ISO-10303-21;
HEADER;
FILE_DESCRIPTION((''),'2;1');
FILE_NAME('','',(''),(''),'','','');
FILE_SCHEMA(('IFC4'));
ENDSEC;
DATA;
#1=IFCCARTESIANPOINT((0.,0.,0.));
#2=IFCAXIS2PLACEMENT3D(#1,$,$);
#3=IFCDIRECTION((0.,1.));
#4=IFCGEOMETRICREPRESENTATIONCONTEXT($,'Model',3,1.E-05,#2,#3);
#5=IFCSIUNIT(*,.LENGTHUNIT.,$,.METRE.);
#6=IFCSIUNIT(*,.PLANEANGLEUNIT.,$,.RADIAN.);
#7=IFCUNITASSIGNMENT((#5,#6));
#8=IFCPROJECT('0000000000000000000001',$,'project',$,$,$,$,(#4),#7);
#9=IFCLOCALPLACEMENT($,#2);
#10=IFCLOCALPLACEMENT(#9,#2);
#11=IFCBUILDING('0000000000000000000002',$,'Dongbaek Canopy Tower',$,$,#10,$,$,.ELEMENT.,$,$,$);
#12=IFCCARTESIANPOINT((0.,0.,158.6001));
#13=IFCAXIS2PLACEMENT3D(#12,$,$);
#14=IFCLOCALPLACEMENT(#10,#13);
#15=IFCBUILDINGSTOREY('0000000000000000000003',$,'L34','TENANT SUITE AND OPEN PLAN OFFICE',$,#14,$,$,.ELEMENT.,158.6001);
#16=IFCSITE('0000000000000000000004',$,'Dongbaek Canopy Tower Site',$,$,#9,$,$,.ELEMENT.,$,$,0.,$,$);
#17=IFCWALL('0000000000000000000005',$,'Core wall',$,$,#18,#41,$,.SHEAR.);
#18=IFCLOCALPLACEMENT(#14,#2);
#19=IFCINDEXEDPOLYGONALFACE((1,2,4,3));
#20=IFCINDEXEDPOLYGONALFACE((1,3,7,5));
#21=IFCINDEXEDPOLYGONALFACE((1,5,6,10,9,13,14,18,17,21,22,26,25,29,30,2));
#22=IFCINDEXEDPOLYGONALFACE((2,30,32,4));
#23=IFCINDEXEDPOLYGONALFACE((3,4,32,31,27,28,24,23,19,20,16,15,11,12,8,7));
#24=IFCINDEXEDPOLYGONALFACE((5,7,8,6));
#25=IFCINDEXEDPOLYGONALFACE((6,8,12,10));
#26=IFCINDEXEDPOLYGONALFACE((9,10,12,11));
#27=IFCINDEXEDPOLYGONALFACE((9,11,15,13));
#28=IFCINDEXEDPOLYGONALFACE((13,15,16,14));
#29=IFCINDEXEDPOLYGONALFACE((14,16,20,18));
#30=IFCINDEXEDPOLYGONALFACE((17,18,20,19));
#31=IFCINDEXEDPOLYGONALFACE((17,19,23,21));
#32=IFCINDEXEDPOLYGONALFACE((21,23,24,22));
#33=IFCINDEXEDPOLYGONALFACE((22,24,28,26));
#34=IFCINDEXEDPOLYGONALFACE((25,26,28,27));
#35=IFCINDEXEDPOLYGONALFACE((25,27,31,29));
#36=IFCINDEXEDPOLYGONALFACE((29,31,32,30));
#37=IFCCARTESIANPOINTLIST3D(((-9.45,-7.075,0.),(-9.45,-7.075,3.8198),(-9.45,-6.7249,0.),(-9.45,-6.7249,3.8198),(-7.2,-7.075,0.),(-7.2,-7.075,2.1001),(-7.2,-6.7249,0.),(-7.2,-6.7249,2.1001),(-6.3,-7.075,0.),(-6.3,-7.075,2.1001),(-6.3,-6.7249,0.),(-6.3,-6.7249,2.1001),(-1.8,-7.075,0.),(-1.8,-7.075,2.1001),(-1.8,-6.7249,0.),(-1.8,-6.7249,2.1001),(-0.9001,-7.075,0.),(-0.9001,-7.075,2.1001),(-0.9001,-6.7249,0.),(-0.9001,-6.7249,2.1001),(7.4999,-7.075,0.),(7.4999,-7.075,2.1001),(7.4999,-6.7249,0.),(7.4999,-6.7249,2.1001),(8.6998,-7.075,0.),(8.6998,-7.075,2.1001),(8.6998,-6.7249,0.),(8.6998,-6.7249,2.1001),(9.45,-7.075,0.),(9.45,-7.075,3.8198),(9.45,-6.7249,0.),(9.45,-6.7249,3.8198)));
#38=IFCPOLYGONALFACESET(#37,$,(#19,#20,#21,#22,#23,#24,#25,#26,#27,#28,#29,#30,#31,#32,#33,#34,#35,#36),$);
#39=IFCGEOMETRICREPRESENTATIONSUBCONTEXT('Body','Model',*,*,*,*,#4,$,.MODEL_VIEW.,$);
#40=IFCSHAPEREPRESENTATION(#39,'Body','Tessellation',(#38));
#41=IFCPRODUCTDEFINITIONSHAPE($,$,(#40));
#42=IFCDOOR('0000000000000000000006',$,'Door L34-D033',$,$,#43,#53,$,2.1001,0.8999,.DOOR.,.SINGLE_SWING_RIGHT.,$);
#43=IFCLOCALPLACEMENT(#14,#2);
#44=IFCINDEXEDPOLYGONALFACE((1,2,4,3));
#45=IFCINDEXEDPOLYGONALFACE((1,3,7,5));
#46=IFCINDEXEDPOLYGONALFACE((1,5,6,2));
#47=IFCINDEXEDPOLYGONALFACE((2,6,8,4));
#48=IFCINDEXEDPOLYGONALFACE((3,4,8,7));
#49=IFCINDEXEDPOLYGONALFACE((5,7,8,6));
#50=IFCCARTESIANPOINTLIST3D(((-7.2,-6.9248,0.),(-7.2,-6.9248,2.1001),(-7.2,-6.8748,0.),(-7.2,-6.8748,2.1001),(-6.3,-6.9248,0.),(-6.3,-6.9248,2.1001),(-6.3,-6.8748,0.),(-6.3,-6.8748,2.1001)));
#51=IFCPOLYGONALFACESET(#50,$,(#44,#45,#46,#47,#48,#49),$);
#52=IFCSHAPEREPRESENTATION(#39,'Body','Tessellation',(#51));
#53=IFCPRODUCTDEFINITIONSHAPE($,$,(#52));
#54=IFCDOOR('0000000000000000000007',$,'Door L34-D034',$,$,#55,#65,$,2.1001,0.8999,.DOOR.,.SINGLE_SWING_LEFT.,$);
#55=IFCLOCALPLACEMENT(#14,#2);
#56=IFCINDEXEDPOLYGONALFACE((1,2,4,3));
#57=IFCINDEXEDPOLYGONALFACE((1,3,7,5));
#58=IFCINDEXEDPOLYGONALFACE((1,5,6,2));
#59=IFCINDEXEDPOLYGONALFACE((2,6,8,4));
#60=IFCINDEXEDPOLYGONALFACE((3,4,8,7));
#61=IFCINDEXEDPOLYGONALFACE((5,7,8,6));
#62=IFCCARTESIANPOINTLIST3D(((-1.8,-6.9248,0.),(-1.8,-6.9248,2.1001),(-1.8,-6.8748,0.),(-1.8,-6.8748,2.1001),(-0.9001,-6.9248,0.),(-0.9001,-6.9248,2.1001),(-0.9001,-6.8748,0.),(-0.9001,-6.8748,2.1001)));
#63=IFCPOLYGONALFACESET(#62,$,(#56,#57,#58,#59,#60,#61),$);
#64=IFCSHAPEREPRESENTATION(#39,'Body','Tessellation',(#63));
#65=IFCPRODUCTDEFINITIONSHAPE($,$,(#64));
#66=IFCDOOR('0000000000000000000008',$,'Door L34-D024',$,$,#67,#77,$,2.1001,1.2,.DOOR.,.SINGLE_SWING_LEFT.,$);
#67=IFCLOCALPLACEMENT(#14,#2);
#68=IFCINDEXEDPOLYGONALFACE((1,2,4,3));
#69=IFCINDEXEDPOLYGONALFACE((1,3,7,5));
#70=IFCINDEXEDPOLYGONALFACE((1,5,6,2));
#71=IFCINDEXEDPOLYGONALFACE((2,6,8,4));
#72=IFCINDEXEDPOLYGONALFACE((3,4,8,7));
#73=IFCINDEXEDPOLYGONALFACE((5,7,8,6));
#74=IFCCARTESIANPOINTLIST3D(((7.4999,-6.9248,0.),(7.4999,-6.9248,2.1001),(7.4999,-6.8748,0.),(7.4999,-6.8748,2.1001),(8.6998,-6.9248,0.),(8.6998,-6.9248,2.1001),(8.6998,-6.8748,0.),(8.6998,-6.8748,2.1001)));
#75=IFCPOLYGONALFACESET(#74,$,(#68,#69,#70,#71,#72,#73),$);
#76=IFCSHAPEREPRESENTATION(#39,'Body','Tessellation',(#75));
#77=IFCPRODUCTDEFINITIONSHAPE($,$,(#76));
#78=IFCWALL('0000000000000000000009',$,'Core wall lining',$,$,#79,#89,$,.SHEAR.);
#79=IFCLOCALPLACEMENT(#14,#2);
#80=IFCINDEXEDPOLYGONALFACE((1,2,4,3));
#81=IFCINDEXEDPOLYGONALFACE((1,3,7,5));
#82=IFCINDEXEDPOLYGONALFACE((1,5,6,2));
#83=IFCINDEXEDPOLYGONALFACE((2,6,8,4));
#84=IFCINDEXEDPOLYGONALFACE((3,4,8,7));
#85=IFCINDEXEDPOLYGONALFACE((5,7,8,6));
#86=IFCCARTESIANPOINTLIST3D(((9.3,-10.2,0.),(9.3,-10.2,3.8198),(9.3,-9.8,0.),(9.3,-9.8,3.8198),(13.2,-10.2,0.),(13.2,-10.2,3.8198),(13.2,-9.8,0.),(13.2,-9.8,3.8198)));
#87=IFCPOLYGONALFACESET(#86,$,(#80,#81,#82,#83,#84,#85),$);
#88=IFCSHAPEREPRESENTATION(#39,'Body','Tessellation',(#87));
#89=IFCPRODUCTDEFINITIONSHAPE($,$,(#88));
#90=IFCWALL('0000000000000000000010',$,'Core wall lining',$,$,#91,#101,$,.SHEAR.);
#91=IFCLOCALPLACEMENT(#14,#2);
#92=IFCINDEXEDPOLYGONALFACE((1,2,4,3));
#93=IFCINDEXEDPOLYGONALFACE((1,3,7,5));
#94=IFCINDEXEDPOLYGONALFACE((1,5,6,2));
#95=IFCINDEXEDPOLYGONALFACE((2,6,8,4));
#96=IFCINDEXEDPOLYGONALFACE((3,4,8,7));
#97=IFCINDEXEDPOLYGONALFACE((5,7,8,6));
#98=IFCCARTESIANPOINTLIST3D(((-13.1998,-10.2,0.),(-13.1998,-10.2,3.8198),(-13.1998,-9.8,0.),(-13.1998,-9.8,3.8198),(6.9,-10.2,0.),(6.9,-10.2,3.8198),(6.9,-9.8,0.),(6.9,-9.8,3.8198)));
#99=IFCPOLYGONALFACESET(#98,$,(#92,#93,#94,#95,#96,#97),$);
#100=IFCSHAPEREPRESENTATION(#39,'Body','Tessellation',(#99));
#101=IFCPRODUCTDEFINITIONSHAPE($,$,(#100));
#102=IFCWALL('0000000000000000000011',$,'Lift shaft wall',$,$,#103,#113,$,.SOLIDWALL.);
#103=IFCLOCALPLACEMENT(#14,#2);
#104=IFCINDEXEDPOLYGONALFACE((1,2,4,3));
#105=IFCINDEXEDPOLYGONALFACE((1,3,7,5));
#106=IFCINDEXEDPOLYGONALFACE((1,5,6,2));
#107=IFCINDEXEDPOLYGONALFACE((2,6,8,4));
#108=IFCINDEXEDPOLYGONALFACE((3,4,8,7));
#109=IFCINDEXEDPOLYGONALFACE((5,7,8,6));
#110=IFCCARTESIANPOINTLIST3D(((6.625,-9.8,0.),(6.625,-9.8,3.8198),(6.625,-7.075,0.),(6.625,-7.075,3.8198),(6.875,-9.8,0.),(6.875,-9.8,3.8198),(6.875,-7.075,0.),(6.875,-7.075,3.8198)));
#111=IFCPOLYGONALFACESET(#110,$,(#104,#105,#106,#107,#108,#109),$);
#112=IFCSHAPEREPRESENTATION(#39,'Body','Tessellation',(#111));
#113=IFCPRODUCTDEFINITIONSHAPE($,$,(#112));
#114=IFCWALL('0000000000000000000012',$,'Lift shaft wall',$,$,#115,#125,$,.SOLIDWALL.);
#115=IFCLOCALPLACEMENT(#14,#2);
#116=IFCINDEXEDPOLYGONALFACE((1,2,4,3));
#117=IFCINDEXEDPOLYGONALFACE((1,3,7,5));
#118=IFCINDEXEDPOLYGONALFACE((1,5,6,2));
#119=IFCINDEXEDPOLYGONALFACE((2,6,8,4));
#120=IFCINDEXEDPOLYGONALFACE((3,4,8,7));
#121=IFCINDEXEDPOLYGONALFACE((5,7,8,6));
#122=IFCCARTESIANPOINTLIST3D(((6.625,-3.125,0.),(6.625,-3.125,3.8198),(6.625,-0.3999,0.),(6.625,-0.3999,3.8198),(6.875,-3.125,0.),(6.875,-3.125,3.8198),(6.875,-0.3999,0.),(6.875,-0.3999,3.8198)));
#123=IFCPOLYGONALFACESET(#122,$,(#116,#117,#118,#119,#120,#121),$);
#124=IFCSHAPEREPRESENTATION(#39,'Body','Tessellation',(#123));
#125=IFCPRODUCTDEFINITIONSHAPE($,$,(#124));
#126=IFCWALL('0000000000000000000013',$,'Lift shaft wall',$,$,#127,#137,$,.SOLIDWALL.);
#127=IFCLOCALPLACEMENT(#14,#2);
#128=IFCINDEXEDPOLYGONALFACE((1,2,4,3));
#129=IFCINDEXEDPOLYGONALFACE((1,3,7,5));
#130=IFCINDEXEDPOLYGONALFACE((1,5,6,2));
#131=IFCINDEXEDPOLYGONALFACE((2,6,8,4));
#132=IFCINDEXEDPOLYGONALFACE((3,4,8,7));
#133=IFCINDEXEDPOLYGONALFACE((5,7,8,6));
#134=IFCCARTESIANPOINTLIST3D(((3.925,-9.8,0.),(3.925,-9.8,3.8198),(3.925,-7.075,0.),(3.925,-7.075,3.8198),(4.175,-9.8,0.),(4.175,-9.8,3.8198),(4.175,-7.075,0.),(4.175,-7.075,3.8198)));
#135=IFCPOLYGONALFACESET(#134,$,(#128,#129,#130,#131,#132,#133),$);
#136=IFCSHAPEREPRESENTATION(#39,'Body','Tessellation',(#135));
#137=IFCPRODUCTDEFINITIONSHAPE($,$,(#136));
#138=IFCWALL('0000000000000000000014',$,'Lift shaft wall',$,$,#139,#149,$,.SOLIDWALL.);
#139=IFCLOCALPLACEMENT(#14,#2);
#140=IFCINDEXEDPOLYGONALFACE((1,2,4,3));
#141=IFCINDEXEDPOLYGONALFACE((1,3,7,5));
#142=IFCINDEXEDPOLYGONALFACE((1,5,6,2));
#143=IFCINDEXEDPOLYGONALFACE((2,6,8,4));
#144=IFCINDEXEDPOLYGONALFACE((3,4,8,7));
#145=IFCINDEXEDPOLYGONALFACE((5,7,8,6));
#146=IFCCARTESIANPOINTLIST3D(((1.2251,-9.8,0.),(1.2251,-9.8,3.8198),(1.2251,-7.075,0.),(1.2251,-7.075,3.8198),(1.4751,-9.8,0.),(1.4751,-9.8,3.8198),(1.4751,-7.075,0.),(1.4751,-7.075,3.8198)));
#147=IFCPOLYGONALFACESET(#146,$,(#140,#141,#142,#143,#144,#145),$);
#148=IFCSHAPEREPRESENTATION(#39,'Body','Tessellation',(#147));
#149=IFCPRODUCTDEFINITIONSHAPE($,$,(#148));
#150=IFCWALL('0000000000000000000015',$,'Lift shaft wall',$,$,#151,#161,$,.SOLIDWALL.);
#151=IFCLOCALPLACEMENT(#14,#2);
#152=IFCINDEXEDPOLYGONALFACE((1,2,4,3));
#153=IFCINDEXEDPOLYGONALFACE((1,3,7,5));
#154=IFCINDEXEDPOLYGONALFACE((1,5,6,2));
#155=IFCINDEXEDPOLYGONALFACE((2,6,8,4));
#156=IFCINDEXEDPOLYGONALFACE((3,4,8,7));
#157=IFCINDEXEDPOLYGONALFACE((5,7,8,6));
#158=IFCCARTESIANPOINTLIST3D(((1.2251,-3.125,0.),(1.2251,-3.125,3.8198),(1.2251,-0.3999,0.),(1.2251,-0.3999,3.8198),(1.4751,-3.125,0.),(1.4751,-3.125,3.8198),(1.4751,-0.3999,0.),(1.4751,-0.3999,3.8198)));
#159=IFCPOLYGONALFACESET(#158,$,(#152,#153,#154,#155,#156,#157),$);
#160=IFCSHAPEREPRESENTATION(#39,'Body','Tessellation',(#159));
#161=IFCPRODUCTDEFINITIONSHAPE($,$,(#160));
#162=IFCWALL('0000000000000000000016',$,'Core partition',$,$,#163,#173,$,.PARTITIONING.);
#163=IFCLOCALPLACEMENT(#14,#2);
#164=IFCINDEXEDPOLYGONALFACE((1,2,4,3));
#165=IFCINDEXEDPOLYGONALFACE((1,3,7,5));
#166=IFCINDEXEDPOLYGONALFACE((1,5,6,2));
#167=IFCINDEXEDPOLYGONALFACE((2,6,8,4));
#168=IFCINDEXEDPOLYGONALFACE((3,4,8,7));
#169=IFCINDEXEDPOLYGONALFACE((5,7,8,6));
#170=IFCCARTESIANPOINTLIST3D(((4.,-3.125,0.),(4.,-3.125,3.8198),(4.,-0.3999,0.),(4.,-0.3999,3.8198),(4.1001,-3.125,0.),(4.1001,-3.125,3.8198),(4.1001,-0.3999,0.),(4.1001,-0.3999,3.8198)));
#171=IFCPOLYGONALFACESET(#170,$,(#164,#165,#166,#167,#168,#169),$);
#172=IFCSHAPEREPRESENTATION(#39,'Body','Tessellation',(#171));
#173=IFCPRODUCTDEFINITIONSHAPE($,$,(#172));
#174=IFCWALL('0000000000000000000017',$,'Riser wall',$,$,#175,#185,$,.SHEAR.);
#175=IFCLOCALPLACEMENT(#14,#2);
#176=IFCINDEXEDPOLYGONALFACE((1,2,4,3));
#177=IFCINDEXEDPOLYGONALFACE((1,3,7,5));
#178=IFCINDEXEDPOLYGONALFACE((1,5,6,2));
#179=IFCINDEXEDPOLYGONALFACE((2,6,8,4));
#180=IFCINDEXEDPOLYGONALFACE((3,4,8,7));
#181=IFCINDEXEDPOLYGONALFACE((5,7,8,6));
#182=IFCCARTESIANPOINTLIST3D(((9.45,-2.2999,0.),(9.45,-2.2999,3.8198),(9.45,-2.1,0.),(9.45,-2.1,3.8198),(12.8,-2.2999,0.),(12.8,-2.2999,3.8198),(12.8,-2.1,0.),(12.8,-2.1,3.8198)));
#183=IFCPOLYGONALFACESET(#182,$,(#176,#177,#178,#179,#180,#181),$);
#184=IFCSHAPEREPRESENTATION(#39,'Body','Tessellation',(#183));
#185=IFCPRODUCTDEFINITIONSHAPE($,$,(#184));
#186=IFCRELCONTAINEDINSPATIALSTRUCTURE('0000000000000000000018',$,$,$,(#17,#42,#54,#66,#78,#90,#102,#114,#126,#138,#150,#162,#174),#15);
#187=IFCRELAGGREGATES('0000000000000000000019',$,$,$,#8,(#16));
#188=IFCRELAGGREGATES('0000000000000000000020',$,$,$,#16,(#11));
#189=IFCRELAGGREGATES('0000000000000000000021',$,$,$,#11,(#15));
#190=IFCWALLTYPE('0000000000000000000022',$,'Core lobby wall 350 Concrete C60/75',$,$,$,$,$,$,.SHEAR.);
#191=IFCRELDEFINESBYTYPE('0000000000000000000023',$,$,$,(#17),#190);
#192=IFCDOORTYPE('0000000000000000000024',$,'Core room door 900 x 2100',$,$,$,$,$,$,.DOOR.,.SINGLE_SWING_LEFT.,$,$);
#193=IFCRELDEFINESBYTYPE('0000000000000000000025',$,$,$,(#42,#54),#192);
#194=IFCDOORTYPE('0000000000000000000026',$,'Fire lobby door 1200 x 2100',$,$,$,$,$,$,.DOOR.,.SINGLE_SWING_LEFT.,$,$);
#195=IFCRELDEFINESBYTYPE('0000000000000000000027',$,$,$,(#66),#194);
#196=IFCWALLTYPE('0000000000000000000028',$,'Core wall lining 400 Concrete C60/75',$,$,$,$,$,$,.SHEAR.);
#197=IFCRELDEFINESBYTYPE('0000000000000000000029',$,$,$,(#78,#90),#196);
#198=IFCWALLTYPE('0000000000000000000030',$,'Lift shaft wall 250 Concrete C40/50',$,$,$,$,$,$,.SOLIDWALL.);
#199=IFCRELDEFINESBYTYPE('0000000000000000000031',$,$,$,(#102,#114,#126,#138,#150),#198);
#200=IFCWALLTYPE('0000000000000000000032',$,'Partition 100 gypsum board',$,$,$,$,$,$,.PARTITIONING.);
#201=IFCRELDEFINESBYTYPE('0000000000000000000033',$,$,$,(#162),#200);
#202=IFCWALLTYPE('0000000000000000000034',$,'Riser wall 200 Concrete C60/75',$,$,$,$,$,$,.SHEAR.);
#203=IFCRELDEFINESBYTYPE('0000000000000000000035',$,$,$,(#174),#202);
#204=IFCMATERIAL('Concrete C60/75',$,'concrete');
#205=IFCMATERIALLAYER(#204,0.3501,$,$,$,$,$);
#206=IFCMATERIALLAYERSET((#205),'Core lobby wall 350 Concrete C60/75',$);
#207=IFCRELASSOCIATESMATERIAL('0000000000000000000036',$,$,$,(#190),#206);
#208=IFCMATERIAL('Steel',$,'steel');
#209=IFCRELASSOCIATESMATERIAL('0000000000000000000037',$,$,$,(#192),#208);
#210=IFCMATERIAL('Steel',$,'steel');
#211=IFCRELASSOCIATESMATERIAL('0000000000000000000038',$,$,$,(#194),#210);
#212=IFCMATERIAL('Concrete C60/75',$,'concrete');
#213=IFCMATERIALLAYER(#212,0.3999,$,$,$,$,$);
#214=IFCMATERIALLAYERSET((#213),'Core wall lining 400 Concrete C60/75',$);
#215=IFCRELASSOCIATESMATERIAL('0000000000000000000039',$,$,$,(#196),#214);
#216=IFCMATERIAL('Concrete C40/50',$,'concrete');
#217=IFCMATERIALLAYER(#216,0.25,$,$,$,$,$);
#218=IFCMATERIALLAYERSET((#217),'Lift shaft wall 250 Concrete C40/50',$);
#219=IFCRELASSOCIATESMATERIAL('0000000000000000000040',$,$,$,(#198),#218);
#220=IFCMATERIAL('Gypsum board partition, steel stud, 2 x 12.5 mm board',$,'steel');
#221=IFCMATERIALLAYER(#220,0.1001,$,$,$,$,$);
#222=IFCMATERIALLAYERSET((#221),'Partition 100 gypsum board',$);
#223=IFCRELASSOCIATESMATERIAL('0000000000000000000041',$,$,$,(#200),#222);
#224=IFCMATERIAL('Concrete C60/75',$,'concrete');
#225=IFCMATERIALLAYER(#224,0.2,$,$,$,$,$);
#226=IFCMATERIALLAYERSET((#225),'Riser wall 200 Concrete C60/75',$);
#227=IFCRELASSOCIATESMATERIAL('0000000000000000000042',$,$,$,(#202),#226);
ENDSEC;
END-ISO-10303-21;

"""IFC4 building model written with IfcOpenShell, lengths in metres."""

from ifc_helpers import new_model, si_unit, direction, frame, frame_2d, origin, place, context, subcontext, project, spatial, rectangle, extrude, material, layer, layer_set, type_object, element, fill, save


model = new_model("IFC4")

# Units and contexts
model_context = context("Model", 3, precision=1e-05, world=origin(), true_north=direction((0.0, 1.0)))
body_context = subcontext(model_context, "Body", "Model", "MODEL_VIEW")
ifc_project = project(units=[si_unit("LENGTHUNIT", "METRE"), si_unit("PLANEANGLEUNIT", "RADIAN")], contexts=[model_context])

# Site, building, storey
site_placement = place(None, origin())
site = spatial("IfcSite", under=ifc_project, at=site_placement, Name="Dongbaek Canopy Tower Site", CompositionType="ELEMENT", RefElevation=0.0)
building_placement = place(site_placement, origin())
building = spatial("IfcBuilding", under=site, at=building_placement, Name="Dongbaek Canopy Tower", CompositionType="ELEMENT")
storey_placement = place(building_placement, frame((0.0, 0.0, 158.6001)))
storey = spatial("IfcBuildingStorey", under=building, at=storey_placement, Name="L34", Description="TENANT SUITE AND OPEN PLAN OFFICE", CompositionType="ELEMENT", Elevation=158.6001)

# Wall, openings, doors
ifc_material_1 = material(Name="Concrete C60/75", Category="concrete")
ifc_layer_1 = layer(ifc_material_1, 0.3501)
ifc_layer_set_1 = layer_set([ifc_layer_1], Name="Core lobby wall 350 Concrete C60/75")
wall_type_1 = type_object("IfcWallType", Name="Core lobby wall 350 Concrete C60/75", PredefinedType="SHEAR", material=ifc_layer_set_1)
wall_1_placement = place(storey_placement, frame((9.45, -6.8999, 0.0), z_axis=(0.0, 0.0, 1.0), x_axis=(-1.0, 0.0, 0.0)))
wall_1 = element("IfcWall", 1, at=wall_1_placement, inside=storey, type_object=wall_type_1, Name="Core wall", PredefinedType="SHEAR", context=body_context, shape_type="SweptSolid", body=[
    extrude(rectangle(XDim=18.8999, YDim=0.3501, at=frame_2d((9.45, 0.0))), origin(), (0.0, 0.0, 1.0), 3.8198),
])
opening_1_placement = place(wall_1_placement, frame((0.75, 0.0, 0.0)))
opening_1 = element("IfcOpeningElement", 2, at=opening_1_placement, cuts=wall_1, PredefinedType="OPENING", context=body_context, shape_type="SweptSolid", body=[
    extrude(rectangle(XDim=1.2, YDim=2.1001, at=frame_2d((0.6001, 1.05))), frame((0.0, 0.1851, 0.0), z_axis=(0.0, -1.0, 0.0), x_axis=(1.0, 0.0, 0.0)), (0.0, 0.0, 1.0), 0.3701),
])
opening_2_placement = place(wall_1_placement, frame((15.75, 0.0, 0.0)))
opening_2 = element("IfcOpeningElement", 3, at=opening_2_placement, cuts=wall_1, PredefinedType="OPENING", context=body_context, shape_type="SweptSolid", body=[
    extrude(rectangle(XDim=0.8999, YDim=2.1001, at=frame_2d((0.45, 1.05))), frame((0.0, 0.1851, 0.0), z_axis=(0.0, -1.0, 0.0), x_axis=(1.0, 0.0, 0.0)), (0.0, 0.0, 1.0), 0.3701),
])
opening_3_placement = place(wall_1_placement, frame((10.3501, 0.0, 0.0)))
opening_3 = element("IfcOpeningElement", 4, at=opening_3_placement, cuts=wall_1, PredefinedType="OPENING", context=body_context, shape_type="SweptSolid", body=[
    extrude(rectangle(XDim=0.8999, YDim=2.1001, at=frame_2d((0.45, 1.05))), frame((0.0, 0.1851, 0.0), z_axis=(0.0, -1.0, 0.0), x_axis=(1.0, 0.0, 0.0)), (0.0, 0.0, 1.0), 0.3701),
])
ifc_material_2 = material(Name="Steel", Category="steel")
door_type_1 = type_object("IfcDoorType", Name="Core room door 900 x 2100", OperationType="SINGLE_SWING_LEFT", PredefinedType="DOOR", material=ifc_material_2)
door_1_placement = place(opening_2_placement, origin())
door_1 = element("IfcDoor", 5, at=door_1_placement, inside=storey, type_object=door_type_1, Name="Door L34-D033", OperationType="SINGLE_SWING_RIGHT", OverallHeight=2.1001, OverallWidth=0.8999, PredefinedType="DOOR", context=body_context, shape_type="SweptSolid", body=[
    extrude(rectangle(XDim=0.8999, YDim=2.1001, at=frame_2d((0.45, 1.05))), frame((0.0, 0.0249, 0.0), z_axis=(0.0, -1.0, 0.0), x_axis=(1.0, 0.0, 0.0)), (0.0, 0.0, 1.0), 0.05),
])
fill(opening_2, door_1)
door_2_placement = place(opening_3_placement, origin())
door_2 = element("IfcDoor", 6, at=door_2_placement, inside=storey, type_object=door_type_1, Name="Door L34-D034", OperationType="SINGLE_SWING_LEFT", OverallHeight=2.1001, OverallWidth=0.8999, PredefinedType="DOOR", context=body_context, shape_type="SweptSolid", body=[
    extrude(rectangle(XDim=0.8999, YDim=2.1001, at=frame_2d((0.45, 1.05))), frame((0.0, 0.0249, 0.0), z_axis=(0.0, -1.0, 0.0), x_axis=(1.0, 0.0, 0.0)), (0.0, 0.0, 1.0), 0.05),
])
fill(opening_3, door_2)
ifc_material_3 = material(Name="Steel", Category="steel")
door_type_2 = type_object("IfcDoorType", Name="Fire lobby door 1200 x 2100", OperationType="SINGLE_SWING_LEFT", PredefinedType="DOOR", material=ifc_material_3)
door_3_placement = place(opening_1_placement, origin())
door_3 = element("IfcDoor", 7, at=door_3_placement, inside=storey, type_object=door_type_2, Name="Door L34-D024", OperationType="SINGLE_SWING_LEFT", OverallHeight=2.1001, OverallWidth=1.2, PredefinedType="DOOR", context=body_context, shape_type="SweptSolid", body=[
    extrude(rectangle(XDim=1.2, YDim=2.1001, at=frame_2d((0.6001, 1.05))), frame((0.0, 0.0249, 0.0), z_axis=(0.0, -1.0, 0.0), x_axis=(1.0, 0.0, 0.0)), (0.0, 0.0, 1.0), 0.05),
])
fill(opening_1, door_3)

# Walls
ifc_material_4 = material(Name="Concrete C60/75", Category="concrete")
ifc_layer_2 = layer(ifc_material_4, 0.3999)
ifc_layer_set_2 = layer_set([ifc_layer_2], Name="Core wall lining 400 Concrete C60/75")
wall_type_2 = type_object("IfcWallType", Name="Core wall lining 400 Concrete C60/75", PredefinedType="SHEAR", material=ifc_layer_set_2)
wall_2_placement = place(storey_placement, frame((13.2, -10.0, 0.0), z_axis=(0.0, 0.0, 1.0), x_axis=(-1.0, 0.0, 0.0)))
element("IfcWall", 8, at=wall_2_placement, inside=storey, type_object=wall_type_2, Name="Core wall lining", PredefinedType="SHEAR", context=body_context, shape_type="SweptSolid", body=[
    extrude(rectangle(XDim=3.8999, YDim=0.3999, at=frame_2d((1.95, 0.0))), origin(), (0.0, 0.0, 1.0), 3.8198),
])
wall_3_placement = place(storey_placement, frame((6.8999, -10.0, 0.0), z_axis=(0.0, 0.0, 1.0), x_axis=(-1.0, 0.0, 0.0)))
element("IfcWall", 9, at=wall_3_placement, inside=storey, type_object=wall_type_2, Name="Core wall lining", PredefinedType="SHEAR", context=body_context, shape_type="SweptSolid", body=[
    extrude(rectangle(XDim=20.0999, YDim=0.3999, at=frame_2d((10.0498, 0.0))), origin(), (0.0, 0.0, 1.0), 3.8198),
])
ifc_material_5 = material(Name="Concrete C40/50", Category="concrete")
ifc_layer_3 = layer(ifc_material_5, 0.25)
ifc_layer_set_3 = layer_set([ifc_layer_3], Name="Lift shaft wall 250 Concrete C40/50")
wall_type_3 = type_object("IfcWallType", Name="Lift shaft wall 250 Concrete C40/50", PredefinedType="SOLIDWALL", material=ifc_layer_set_3)
for number, where, z_axis, x_axis, name in (
    (10, (6.75, -9.8, 0.0), (0.0, 0.0, 1.0), (0.0, 1.0, 0.0), "Lift shaft wall"),
    (11, (6.75, -3.125, 0.0), (0.0, 0.0, 1.0), (0.0, 1.0, 0.0), "Lift shaft wall"),
    (12, (4.05, -9.8, 0.0), (0.0, 0.0, 1.0), (0.0, 1.0, 0.0), "Lift shaft wall"),
    (13, (1.3501, -9.8, 0.0), (0.0, 0.0, 1.0), (0.0, 1.0, 0.0), "Lift shaft wall"),
    (14, (1.3501, -3.125, 0.0), (0.0, 0.0, 1.0), (0.0, 1.0, 0.0), "Lift shaft wall"),
):
    element("IfcWall", number, at=place(storey_placement, frame(where, z_axis=z_axis, x_axis=x_axis)), inside=storey, type_object=wall_type_3, Name=name, PredefinedType="SOLIDWALL", context=body_context, shape_type="SweptSolid", body=[
        extrude(rectangle(XDim=2.7251, YDim=0.25, at=frame_2d((1.3625, 0.0))), origin(), (0.0, 0.0, 1.0), 3.8198),
    ])
ifc_material_6 = material(Name="Gypsum board partition, steel stud, 2 x 12.5 mm board", Category="steel")
ifc_layer_4 = layer(ifc_material_6, 0.1001)
ifc_layer_set_4 = layer_set([ifc_layer_4], Name="Partition 100 gypsum board")
wall_type_4 = type_object("IfcWallType", Name="Partition 100 gypsum board", PredefinedType="PARTITIONING", material=ifc_layer_set_4)
wall_4_placement = place(storey_placement, frame((4.05, -3.125, 0.0), z_axis=(0.0, 0.0, 1.0), x_axis=(0.0, 1.0, 0.0)))
element("IfcWall", 15, at=wall_4_placement, inside=storey, type_object=wall_type_4, Name="Core partition", PredefinedType="PARTITIONING", context=body_context, shape_type="SweptSolid", body=[
    extrude(rectangle(XDim=2.7251, YDim=0.1001, at=frame_2d((1.3625, 0.0))), origin(), (0.0, 0.0, 1.0), 3.8198),
])
ifc_material_7 = material(Name="Concrete C60/75", Category="concrete")
ifc_layer_5 = layer(ifc_material_7, 0.2)
ifc_layer_set_5 = layer_set([ifc_layer_5], Name="Riser wall 200 Concrete C60/75")
wall_type_5 = type_object("IfcWallType", Name="Riser wall 200 Concrete C60/75", PredefinedType="SHEAR", material=ifc_layer_set_5)
wall_5_placement = place(storey_placement, frame((9.45, -2.2, 0.0), z_axis=(0.0, 0.0, 1.0), x_axis=(1.0, 0.0, 0.0)))
element("IfcWall", 16, at=wall_5_placement, inside=storey, type_object=wall_type_5, Name="Riser wall", PredefinedType="SHEAR", context=body_context, shape_type="SweptSolid", body=[
    extrude(rectangle(XDim=3.3501, YDim=0.2, at=frame_2d((1.675, 0.0))), origin(), (0.0, 0.0, 1.0), 3.8198),
])

save(model, "model.ifc")
